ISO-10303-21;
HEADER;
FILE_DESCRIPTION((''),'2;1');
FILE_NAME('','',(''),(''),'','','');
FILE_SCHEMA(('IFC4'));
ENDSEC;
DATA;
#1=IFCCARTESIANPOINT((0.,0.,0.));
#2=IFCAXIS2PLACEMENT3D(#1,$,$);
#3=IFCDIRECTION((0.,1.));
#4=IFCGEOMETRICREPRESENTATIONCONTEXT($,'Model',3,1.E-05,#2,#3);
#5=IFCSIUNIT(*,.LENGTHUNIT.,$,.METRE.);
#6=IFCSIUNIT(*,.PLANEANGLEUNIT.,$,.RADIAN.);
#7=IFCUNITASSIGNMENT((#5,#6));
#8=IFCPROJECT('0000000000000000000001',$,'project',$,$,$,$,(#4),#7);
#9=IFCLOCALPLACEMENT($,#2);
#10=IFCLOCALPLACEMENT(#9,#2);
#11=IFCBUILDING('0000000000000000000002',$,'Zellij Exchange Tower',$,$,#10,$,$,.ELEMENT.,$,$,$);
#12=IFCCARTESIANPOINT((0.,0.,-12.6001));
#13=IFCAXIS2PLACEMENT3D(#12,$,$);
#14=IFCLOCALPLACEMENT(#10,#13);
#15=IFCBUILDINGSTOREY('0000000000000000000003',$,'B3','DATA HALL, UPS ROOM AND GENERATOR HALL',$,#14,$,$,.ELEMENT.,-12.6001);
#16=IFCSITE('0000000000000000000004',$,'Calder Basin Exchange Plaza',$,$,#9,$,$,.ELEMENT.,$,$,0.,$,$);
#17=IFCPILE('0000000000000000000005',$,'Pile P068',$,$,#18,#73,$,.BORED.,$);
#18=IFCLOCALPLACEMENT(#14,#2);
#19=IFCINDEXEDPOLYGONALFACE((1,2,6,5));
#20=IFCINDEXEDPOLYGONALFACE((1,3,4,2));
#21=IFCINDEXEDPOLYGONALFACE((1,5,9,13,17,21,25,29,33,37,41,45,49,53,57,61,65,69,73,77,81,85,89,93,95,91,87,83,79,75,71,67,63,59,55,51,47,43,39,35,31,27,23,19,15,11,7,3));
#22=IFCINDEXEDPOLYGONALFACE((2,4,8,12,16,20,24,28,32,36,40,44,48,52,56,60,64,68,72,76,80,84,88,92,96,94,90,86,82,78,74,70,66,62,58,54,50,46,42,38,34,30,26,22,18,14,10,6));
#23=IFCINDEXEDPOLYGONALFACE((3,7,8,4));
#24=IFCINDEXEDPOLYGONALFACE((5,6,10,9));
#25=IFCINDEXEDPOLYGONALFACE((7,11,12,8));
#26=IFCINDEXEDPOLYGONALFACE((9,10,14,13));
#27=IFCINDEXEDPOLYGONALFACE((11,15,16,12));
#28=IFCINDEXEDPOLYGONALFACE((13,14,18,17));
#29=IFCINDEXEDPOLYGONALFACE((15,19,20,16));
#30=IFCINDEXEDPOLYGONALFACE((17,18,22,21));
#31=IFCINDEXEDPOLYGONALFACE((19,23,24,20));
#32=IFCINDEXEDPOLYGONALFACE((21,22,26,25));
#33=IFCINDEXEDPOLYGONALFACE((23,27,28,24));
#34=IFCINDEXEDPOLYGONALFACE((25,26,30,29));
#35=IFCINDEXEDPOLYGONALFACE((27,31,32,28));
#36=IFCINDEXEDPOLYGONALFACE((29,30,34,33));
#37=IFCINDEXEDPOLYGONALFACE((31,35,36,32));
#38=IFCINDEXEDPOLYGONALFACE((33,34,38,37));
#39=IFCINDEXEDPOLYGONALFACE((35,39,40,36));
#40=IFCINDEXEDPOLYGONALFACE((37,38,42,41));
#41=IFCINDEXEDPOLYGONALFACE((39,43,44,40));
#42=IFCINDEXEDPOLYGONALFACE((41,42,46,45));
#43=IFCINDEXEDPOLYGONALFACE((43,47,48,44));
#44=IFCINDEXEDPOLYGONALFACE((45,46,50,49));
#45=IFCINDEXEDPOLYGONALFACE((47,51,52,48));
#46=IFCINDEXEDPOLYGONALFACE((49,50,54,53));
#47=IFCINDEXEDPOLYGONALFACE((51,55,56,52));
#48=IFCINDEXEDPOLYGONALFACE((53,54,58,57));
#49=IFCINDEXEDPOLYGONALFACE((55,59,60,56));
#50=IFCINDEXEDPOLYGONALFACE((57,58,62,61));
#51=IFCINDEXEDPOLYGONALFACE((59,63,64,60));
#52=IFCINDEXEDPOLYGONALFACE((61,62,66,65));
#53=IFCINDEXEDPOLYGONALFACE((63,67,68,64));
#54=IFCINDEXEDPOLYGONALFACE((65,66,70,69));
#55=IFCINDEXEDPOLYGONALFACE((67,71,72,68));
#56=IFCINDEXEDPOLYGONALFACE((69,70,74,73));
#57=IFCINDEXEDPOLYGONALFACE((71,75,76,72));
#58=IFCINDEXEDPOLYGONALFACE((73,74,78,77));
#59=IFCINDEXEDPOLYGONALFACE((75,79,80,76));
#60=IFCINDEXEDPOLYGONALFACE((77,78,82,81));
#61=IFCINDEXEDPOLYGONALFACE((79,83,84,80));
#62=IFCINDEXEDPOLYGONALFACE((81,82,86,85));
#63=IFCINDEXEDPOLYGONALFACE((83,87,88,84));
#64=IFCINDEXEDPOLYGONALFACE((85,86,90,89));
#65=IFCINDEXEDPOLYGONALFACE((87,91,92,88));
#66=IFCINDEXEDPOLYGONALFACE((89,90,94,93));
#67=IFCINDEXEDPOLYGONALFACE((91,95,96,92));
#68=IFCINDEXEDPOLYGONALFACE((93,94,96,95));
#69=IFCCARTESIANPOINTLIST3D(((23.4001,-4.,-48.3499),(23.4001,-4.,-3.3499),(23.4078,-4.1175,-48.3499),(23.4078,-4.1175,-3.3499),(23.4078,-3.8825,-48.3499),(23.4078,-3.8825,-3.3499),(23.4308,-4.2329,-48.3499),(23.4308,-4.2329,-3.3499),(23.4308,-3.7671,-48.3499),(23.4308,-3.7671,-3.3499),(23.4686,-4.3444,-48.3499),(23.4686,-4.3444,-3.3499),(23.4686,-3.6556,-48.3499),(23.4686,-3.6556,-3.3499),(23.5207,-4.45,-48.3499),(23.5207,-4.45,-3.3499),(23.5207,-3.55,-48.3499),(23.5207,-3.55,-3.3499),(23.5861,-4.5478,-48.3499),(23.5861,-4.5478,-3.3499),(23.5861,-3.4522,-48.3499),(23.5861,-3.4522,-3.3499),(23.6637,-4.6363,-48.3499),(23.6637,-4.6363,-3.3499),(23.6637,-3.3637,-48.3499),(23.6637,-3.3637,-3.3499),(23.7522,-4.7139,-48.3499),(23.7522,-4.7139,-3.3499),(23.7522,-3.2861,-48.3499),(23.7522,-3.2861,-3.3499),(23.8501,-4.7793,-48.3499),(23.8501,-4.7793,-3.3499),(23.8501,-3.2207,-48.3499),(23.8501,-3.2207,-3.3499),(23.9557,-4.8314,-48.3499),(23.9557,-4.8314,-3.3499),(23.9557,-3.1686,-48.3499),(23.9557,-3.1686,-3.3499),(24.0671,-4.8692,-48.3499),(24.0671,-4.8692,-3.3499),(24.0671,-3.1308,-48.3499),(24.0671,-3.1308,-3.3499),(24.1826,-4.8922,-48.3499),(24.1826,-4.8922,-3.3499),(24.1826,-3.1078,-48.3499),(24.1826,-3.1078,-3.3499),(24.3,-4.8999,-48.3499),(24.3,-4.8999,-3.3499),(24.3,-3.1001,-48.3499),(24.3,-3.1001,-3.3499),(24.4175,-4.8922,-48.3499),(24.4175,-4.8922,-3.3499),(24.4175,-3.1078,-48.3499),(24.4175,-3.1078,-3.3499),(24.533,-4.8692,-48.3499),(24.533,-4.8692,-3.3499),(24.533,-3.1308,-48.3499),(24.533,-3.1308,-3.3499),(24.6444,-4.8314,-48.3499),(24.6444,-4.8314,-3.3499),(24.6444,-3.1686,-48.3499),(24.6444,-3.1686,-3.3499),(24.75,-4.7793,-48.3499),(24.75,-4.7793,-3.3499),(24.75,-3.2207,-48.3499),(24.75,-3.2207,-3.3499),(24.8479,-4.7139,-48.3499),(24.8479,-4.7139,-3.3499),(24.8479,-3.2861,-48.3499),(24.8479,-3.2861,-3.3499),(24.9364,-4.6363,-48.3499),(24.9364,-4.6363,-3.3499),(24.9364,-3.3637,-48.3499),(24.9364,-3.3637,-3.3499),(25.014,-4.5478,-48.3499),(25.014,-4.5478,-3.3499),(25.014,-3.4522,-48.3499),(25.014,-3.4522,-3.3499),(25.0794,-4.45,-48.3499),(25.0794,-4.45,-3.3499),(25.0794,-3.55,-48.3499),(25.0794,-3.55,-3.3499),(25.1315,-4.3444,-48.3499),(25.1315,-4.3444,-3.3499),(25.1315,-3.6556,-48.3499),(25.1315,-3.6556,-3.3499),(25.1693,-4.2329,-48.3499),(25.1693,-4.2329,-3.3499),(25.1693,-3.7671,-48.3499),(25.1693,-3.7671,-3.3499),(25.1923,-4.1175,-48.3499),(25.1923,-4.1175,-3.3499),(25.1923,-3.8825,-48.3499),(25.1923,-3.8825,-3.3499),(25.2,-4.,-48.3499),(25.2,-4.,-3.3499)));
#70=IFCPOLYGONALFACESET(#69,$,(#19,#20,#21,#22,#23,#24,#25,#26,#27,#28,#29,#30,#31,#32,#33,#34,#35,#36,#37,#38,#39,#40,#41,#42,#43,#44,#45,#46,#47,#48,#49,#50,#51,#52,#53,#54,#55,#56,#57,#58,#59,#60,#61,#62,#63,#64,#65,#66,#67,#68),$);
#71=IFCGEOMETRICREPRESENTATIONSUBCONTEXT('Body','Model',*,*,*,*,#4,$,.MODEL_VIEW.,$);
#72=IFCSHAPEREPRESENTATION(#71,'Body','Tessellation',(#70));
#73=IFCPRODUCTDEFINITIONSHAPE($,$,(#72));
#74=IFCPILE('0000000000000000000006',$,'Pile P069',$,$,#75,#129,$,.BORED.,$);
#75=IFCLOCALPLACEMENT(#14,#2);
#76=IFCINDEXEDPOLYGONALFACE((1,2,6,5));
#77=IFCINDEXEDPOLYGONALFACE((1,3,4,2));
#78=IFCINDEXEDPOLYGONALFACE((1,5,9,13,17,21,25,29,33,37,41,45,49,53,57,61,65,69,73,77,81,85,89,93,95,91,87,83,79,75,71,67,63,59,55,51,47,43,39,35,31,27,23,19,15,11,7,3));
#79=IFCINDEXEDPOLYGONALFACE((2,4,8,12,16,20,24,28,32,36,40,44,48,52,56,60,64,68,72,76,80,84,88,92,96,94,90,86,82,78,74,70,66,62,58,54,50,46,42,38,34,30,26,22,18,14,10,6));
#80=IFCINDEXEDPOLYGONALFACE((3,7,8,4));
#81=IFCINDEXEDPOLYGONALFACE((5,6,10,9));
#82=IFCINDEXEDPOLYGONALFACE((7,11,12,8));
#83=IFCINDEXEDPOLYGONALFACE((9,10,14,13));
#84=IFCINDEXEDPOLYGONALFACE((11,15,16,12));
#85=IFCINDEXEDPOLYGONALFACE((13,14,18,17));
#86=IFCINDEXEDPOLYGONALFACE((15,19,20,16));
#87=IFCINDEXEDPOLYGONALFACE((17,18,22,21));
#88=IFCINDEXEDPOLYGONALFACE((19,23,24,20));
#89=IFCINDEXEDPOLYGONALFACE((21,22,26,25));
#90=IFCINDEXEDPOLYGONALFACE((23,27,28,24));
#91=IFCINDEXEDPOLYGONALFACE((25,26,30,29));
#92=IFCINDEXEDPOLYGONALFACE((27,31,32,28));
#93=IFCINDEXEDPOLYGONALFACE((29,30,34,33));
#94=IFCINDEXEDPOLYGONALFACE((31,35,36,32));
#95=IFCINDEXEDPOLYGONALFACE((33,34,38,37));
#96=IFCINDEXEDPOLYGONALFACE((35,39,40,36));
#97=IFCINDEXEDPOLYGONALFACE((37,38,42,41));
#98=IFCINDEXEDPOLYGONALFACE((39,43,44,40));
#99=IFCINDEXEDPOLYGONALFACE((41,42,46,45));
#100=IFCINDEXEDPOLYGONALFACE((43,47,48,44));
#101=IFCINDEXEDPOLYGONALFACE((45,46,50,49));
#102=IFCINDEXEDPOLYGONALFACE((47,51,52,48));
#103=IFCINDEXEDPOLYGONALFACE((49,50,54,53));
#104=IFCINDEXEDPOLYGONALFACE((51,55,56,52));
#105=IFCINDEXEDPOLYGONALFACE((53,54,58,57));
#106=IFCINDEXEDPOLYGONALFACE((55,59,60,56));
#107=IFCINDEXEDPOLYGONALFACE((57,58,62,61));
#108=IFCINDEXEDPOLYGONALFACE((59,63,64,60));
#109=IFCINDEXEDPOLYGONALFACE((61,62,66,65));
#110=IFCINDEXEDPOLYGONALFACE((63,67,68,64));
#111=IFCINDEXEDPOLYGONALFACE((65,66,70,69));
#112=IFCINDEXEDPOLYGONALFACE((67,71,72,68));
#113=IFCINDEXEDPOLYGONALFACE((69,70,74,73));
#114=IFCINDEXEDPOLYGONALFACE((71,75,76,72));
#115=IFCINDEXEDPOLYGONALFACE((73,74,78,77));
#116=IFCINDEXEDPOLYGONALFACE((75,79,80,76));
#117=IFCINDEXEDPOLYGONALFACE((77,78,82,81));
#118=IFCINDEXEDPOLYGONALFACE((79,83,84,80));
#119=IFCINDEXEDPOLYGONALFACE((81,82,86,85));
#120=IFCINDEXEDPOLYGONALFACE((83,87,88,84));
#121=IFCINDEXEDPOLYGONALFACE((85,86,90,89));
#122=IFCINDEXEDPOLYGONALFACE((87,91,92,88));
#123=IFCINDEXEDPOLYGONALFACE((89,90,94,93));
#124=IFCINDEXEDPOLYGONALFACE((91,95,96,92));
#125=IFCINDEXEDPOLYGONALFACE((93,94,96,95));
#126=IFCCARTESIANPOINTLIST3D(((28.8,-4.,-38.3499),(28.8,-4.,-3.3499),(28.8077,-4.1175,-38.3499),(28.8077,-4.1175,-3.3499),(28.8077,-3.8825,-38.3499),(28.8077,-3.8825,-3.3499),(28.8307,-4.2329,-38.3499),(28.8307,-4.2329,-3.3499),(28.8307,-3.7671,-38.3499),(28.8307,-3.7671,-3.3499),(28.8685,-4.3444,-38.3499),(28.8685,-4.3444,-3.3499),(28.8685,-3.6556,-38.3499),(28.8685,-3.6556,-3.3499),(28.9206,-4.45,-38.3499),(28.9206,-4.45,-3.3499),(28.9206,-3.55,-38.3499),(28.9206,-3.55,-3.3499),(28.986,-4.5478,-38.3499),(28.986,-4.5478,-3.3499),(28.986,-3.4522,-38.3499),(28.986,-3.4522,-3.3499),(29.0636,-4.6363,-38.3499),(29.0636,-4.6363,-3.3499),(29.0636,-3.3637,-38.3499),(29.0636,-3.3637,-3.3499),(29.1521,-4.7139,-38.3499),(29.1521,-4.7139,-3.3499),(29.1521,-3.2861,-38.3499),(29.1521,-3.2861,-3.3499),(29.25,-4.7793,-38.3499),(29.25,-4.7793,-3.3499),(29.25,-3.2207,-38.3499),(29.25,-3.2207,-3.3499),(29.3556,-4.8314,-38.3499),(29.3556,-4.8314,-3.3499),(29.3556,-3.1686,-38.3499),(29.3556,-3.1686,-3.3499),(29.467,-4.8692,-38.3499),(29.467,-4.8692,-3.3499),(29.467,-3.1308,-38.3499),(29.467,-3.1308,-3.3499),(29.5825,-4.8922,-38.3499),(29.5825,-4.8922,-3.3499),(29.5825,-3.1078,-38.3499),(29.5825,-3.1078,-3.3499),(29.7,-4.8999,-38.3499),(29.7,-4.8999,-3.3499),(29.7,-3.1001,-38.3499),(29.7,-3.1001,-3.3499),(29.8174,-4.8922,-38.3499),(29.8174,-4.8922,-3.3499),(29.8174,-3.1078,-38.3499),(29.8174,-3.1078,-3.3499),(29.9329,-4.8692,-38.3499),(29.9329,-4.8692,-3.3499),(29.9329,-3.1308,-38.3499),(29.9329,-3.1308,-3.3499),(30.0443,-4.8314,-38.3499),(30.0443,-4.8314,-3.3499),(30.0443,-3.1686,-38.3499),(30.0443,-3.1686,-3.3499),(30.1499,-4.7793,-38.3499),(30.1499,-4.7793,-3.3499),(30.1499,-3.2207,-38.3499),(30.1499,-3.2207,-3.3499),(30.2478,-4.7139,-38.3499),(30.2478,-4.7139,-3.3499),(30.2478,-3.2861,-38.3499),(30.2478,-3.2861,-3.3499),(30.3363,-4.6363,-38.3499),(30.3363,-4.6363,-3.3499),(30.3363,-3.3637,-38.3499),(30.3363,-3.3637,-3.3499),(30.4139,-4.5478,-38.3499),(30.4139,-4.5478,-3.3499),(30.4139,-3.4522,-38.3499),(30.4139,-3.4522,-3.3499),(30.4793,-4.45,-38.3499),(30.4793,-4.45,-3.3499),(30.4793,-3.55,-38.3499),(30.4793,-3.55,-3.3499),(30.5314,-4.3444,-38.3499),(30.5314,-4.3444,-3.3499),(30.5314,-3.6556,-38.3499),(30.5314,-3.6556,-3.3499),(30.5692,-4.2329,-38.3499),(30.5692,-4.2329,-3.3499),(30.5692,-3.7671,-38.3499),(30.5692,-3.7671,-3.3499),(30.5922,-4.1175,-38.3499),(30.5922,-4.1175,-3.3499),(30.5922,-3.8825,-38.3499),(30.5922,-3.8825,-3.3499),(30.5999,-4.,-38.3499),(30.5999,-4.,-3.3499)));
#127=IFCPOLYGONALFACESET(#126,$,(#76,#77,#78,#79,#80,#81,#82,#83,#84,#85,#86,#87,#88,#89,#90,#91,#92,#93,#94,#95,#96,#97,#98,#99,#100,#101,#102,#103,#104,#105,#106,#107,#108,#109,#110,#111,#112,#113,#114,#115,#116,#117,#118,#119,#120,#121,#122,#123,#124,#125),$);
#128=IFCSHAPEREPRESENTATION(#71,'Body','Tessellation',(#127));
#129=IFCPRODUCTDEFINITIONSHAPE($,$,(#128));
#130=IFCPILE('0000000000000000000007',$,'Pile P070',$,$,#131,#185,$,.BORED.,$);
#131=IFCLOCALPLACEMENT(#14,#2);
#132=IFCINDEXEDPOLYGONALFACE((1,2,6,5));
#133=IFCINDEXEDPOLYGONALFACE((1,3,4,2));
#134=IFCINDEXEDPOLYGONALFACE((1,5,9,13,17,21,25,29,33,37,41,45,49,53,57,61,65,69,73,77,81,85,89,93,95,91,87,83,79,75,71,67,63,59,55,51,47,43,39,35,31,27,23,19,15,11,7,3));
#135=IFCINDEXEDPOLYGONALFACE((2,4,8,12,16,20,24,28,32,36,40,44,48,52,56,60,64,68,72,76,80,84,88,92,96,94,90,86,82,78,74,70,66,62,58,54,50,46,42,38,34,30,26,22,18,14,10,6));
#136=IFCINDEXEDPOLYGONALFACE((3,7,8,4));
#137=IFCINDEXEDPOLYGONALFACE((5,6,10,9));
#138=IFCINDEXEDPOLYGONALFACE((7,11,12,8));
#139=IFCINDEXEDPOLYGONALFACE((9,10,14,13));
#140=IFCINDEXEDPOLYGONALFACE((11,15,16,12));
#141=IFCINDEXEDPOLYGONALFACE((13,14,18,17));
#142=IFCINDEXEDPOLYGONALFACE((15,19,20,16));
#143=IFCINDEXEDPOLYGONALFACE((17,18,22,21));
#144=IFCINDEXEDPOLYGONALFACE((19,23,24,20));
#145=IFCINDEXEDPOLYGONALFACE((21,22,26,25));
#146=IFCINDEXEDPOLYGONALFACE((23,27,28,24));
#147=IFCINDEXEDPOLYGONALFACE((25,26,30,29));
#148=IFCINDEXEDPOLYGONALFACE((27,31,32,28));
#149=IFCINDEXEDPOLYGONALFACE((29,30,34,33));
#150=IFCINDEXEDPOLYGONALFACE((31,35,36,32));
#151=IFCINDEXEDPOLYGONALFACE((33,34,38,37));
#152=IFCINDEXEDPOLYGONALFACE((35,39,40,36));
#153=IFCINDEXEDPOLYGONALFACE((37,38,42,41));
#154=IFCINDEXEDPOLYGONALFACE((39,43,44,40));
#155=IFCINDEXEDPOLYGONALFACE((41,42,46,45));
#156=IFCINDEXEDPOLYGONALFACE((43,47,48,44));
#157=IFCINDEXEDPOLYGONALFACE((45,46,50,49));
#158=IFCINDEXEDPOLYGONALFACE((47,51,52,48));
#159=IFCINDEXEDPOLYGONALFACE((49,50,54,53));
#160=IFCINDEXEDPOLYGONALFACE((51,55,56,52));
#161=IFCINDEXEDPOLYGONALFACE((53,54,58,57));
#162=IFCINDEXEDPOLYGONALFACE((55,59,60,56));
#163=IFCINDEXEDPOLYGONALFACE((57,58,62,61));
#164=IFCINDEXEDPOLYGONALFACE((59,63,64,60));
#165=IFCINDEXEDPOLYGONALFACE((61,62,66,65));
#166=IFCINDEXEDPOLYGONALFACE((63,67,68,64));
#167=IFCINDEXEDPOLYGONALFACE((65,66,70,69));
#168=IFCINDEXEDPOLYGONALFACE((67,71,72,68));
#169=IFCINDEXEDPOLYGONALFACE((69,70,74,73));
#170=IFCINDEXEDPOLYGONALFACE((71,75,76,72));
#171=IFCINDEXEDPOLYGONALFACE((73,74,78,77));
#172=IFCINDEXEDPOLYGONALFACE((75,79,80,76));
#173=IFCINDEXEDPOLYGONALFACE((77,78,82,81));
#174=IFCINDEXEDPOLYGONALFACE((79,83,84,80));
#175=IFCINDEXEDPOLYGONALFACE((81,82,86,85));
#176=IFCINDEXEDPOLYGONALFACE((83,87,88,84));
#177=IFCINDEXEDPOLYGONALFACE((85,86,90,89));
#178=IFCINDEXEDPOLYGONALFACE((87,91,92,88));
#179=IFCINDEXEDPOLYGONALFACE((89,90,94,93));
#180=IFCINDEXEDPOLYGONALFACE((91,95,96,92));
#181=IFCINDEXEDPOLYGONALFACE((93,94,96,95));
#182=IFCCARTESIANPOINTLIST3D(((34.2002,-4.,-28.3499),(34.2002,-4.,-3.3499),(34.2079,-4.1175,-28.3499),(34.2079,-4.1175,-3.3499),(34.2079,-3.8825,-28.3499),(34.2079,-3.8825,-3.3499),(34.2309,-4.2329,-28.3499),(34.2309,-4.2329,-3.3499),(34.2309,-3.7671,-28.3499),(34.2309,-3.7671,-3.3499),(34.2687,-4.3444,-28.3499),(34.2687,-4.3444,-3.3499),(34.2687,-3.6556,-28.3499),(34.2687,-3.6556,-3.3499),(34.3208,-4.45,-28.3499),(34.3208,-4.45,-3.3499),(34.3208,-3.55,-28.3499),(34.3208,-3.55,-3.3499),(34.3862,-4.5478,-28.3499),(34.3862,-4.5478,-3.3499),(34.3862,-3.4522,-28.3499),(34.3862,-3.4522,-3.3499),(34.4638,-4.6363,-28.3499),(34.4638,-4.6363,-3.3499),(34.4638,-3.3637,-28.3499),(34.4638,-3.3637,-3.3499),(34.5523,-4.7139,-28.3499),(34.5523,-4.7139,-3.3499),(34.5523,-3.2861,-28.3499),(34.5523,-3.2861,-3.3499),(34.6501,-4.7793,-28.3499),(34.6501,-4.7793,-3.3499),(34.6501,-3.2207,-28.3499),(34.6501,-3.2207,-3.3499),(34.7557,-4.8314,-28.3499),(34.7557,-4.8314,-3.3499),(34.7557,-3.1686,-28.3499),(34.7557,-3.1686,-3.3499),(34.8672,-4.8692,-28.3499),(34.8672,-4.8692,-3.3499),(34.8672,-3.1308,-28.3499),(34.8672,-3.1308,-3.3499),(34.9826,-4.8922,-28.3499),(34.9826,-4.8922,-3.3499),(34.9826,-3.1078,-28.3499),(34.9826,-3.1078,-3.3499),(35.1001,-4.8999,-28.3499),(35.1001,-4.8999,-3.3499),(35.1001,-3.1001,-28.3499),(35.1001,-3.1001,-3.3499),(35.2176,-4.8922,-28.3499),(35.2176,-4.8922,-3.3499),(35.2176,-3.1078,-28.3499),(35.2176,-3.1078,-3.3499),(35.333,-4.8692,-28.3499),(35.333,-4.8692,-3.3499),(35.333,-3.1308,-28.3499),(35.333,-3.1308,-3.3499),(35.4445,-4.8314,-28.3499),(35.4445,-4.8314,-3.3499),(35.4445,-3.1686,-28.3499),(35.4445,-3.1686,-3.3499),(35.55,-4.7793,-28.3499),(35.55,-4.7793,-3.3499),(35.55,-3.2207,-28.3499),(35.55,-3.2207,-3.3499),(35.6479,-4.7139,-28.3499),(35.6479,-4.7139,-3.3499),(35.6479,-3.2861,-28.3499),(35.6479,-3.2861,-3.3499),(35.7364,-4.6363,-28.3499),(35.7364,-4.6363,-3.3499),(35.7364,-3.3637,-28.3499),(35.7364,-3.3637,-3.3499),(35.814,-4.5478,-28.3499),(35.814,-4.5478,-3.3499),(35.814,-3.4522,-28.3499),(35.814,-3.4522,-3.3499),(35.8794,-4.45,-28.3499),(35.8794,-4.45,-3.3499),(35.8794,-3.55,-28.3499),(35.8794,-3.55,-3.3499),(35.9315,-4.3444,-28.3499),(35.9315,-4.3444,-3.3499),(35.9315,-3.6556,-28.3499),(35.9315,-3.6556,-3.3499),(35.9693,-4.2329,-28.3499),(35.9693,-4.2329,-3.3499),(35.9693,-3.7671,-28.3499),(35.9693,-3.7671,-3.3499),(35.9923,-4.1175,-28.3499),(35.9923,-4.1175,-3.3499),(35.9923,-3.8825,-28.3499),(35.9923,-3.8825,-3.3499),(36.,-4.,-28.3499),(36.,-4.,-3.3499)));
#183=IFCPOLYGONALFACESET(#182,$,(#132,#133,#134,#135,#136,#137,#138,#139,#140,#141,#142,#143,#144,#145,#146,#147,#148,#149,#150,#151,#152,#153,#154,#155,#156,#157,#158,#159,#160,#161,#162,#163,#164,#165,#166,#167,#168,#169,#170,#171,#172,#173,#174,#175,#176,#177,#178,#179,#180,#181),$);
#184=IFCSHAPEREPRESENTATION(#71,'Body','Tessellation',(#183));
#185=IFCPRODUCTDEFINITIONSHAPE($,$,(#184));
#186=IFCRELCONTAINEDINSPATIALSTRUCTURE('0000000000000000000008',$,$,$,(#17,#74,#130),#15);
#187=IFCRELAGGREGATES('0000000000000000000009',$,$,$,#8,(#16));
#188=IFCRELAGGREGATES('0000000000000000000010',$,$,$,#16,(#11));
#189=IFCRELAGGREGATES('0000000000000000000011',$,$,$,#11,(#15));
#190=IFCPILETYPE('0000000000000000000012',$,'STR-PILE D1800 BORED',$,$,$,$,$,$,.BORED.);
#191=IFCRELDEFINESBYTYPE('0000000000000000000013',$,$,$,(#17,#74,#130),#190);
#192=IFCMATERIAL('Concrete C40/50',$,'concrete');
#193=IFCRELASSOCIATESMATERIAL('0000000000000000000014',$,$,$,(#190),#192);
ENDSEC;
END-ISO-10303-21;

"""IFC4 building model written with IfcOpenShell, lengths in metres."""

from ifc_helpers import new_model, si_unit, direction, frame, origin, origin_2d, place, context, subcontext, project, spatial, circle, extrude, material, material_profile, profile_set, type_object, element, save


model = new_model("IFC4")

# Units and contexts
model_context = context("Model", 3, precision=1e-05, world=origin(), true_north=direction((0.0, 1.0)))
body_context = subcontext(model_context, "Body", "Model", "MODEL_VIEW")
ifc_project = project(units=[si_unit("LENGTHUNIT", "METRE"), si_unit("PLANEANGLEUNIT", "RADIAN")], contexts=[model_context])

# Site, building, storey
site_placement = place(None, origin())
site = spatial("IfcSite", under=ifc_project, at=site_placement, Name="Calder Basin Exchange Plaza", CompositionType="ELEMENT", RefElevation=0.0)
building_placement = place(site_placement, origin())
building = spatial("IfcBuilding", under=site, at=building_placement, Name="Zellij Exchange Tower", CompositionType="ELEMENT")
storey_placement = place(building_placement, frame((0.0, 0.0, -12.6001)))
storey = spatial("IfcBuildingStorey", under=building, at=storey_placement, Name="B3", Description="DATA HALL, UPS ROOM AND GENERATOR HALL", CompositionType="ELEMENT", Elevation=-12.6001)

# Piles
ifc_material_1 = material(Name="Concrete C40/50", Category="concrete")
ifc_material_profile_1 = material_profile(ifc_material_1, circle(Radius=0.8999, at=origin_2d()), Name="STR-PILE D1800 BORED")
ifc_profile_set_1 = profile_set([ifc_material_profile_1], Name="Concrete C40/50")
pile_type = type_object("IfcPileType", Name="STR-PILE D1800 BORED", PredefinedType="BORED", material=ifc_profile_set_1)
pile_1_placement = place(storey_placement, frame((24.3, -4.0, -3.3499), z_axis=(0.0, 0.0, -1.0), x_axis=(1.0, 0.0, 0.0)))
element("IfcPile", 1, at=pile_1_placement, inside=storey, type_object=pile_type, Name="Pile P068", PredefinedType="BORED", context=body_context, shape_type="SweptSolid", body=[
    extrude(circle(Radius=0.8999, at=origin_2d()), origin(), (0.0, 0.0, 1.0), 45.0),
])
pile_2_placement = place(storey_placement, frame((29.7, -4.0, -3.3499), z_axis=(0.0, 0.0, -1.0), x_axis=(1.0, 0.0, 0.0)))
element("IfcPile", 2, at=pile_2_placement, inside=storey, type_object=pile_type, Name="Pile P069", PredefinedType="BORED", context=body_context, shape_type="SweptSolid", body=[
    extrude(circle(Radius=0.8999, at=origin_2d()), origin(), (0.0, 0.0, 1.0), 35.0),
])
pile_3_placement = place(storey_placement, frame((35.1001, -4.0, -3.3499), z_axis=(0.0, 0.0, -1.0), x_axis=(1.0, 0.0, 0.0)))
element("IfcPile", 3, at=pile_3_placement, inside=storey, type_object=pile_type, Name="Pile P070", PredefinedType="BORED", context=body_context, shape_type="SweptSolid", body=[
    extrude(circle(Radius=0.8999, at=origin_2d()), origin(), (0.0, 0.0, 1.0), 25.0),
])

save(model, "model.ifc")
